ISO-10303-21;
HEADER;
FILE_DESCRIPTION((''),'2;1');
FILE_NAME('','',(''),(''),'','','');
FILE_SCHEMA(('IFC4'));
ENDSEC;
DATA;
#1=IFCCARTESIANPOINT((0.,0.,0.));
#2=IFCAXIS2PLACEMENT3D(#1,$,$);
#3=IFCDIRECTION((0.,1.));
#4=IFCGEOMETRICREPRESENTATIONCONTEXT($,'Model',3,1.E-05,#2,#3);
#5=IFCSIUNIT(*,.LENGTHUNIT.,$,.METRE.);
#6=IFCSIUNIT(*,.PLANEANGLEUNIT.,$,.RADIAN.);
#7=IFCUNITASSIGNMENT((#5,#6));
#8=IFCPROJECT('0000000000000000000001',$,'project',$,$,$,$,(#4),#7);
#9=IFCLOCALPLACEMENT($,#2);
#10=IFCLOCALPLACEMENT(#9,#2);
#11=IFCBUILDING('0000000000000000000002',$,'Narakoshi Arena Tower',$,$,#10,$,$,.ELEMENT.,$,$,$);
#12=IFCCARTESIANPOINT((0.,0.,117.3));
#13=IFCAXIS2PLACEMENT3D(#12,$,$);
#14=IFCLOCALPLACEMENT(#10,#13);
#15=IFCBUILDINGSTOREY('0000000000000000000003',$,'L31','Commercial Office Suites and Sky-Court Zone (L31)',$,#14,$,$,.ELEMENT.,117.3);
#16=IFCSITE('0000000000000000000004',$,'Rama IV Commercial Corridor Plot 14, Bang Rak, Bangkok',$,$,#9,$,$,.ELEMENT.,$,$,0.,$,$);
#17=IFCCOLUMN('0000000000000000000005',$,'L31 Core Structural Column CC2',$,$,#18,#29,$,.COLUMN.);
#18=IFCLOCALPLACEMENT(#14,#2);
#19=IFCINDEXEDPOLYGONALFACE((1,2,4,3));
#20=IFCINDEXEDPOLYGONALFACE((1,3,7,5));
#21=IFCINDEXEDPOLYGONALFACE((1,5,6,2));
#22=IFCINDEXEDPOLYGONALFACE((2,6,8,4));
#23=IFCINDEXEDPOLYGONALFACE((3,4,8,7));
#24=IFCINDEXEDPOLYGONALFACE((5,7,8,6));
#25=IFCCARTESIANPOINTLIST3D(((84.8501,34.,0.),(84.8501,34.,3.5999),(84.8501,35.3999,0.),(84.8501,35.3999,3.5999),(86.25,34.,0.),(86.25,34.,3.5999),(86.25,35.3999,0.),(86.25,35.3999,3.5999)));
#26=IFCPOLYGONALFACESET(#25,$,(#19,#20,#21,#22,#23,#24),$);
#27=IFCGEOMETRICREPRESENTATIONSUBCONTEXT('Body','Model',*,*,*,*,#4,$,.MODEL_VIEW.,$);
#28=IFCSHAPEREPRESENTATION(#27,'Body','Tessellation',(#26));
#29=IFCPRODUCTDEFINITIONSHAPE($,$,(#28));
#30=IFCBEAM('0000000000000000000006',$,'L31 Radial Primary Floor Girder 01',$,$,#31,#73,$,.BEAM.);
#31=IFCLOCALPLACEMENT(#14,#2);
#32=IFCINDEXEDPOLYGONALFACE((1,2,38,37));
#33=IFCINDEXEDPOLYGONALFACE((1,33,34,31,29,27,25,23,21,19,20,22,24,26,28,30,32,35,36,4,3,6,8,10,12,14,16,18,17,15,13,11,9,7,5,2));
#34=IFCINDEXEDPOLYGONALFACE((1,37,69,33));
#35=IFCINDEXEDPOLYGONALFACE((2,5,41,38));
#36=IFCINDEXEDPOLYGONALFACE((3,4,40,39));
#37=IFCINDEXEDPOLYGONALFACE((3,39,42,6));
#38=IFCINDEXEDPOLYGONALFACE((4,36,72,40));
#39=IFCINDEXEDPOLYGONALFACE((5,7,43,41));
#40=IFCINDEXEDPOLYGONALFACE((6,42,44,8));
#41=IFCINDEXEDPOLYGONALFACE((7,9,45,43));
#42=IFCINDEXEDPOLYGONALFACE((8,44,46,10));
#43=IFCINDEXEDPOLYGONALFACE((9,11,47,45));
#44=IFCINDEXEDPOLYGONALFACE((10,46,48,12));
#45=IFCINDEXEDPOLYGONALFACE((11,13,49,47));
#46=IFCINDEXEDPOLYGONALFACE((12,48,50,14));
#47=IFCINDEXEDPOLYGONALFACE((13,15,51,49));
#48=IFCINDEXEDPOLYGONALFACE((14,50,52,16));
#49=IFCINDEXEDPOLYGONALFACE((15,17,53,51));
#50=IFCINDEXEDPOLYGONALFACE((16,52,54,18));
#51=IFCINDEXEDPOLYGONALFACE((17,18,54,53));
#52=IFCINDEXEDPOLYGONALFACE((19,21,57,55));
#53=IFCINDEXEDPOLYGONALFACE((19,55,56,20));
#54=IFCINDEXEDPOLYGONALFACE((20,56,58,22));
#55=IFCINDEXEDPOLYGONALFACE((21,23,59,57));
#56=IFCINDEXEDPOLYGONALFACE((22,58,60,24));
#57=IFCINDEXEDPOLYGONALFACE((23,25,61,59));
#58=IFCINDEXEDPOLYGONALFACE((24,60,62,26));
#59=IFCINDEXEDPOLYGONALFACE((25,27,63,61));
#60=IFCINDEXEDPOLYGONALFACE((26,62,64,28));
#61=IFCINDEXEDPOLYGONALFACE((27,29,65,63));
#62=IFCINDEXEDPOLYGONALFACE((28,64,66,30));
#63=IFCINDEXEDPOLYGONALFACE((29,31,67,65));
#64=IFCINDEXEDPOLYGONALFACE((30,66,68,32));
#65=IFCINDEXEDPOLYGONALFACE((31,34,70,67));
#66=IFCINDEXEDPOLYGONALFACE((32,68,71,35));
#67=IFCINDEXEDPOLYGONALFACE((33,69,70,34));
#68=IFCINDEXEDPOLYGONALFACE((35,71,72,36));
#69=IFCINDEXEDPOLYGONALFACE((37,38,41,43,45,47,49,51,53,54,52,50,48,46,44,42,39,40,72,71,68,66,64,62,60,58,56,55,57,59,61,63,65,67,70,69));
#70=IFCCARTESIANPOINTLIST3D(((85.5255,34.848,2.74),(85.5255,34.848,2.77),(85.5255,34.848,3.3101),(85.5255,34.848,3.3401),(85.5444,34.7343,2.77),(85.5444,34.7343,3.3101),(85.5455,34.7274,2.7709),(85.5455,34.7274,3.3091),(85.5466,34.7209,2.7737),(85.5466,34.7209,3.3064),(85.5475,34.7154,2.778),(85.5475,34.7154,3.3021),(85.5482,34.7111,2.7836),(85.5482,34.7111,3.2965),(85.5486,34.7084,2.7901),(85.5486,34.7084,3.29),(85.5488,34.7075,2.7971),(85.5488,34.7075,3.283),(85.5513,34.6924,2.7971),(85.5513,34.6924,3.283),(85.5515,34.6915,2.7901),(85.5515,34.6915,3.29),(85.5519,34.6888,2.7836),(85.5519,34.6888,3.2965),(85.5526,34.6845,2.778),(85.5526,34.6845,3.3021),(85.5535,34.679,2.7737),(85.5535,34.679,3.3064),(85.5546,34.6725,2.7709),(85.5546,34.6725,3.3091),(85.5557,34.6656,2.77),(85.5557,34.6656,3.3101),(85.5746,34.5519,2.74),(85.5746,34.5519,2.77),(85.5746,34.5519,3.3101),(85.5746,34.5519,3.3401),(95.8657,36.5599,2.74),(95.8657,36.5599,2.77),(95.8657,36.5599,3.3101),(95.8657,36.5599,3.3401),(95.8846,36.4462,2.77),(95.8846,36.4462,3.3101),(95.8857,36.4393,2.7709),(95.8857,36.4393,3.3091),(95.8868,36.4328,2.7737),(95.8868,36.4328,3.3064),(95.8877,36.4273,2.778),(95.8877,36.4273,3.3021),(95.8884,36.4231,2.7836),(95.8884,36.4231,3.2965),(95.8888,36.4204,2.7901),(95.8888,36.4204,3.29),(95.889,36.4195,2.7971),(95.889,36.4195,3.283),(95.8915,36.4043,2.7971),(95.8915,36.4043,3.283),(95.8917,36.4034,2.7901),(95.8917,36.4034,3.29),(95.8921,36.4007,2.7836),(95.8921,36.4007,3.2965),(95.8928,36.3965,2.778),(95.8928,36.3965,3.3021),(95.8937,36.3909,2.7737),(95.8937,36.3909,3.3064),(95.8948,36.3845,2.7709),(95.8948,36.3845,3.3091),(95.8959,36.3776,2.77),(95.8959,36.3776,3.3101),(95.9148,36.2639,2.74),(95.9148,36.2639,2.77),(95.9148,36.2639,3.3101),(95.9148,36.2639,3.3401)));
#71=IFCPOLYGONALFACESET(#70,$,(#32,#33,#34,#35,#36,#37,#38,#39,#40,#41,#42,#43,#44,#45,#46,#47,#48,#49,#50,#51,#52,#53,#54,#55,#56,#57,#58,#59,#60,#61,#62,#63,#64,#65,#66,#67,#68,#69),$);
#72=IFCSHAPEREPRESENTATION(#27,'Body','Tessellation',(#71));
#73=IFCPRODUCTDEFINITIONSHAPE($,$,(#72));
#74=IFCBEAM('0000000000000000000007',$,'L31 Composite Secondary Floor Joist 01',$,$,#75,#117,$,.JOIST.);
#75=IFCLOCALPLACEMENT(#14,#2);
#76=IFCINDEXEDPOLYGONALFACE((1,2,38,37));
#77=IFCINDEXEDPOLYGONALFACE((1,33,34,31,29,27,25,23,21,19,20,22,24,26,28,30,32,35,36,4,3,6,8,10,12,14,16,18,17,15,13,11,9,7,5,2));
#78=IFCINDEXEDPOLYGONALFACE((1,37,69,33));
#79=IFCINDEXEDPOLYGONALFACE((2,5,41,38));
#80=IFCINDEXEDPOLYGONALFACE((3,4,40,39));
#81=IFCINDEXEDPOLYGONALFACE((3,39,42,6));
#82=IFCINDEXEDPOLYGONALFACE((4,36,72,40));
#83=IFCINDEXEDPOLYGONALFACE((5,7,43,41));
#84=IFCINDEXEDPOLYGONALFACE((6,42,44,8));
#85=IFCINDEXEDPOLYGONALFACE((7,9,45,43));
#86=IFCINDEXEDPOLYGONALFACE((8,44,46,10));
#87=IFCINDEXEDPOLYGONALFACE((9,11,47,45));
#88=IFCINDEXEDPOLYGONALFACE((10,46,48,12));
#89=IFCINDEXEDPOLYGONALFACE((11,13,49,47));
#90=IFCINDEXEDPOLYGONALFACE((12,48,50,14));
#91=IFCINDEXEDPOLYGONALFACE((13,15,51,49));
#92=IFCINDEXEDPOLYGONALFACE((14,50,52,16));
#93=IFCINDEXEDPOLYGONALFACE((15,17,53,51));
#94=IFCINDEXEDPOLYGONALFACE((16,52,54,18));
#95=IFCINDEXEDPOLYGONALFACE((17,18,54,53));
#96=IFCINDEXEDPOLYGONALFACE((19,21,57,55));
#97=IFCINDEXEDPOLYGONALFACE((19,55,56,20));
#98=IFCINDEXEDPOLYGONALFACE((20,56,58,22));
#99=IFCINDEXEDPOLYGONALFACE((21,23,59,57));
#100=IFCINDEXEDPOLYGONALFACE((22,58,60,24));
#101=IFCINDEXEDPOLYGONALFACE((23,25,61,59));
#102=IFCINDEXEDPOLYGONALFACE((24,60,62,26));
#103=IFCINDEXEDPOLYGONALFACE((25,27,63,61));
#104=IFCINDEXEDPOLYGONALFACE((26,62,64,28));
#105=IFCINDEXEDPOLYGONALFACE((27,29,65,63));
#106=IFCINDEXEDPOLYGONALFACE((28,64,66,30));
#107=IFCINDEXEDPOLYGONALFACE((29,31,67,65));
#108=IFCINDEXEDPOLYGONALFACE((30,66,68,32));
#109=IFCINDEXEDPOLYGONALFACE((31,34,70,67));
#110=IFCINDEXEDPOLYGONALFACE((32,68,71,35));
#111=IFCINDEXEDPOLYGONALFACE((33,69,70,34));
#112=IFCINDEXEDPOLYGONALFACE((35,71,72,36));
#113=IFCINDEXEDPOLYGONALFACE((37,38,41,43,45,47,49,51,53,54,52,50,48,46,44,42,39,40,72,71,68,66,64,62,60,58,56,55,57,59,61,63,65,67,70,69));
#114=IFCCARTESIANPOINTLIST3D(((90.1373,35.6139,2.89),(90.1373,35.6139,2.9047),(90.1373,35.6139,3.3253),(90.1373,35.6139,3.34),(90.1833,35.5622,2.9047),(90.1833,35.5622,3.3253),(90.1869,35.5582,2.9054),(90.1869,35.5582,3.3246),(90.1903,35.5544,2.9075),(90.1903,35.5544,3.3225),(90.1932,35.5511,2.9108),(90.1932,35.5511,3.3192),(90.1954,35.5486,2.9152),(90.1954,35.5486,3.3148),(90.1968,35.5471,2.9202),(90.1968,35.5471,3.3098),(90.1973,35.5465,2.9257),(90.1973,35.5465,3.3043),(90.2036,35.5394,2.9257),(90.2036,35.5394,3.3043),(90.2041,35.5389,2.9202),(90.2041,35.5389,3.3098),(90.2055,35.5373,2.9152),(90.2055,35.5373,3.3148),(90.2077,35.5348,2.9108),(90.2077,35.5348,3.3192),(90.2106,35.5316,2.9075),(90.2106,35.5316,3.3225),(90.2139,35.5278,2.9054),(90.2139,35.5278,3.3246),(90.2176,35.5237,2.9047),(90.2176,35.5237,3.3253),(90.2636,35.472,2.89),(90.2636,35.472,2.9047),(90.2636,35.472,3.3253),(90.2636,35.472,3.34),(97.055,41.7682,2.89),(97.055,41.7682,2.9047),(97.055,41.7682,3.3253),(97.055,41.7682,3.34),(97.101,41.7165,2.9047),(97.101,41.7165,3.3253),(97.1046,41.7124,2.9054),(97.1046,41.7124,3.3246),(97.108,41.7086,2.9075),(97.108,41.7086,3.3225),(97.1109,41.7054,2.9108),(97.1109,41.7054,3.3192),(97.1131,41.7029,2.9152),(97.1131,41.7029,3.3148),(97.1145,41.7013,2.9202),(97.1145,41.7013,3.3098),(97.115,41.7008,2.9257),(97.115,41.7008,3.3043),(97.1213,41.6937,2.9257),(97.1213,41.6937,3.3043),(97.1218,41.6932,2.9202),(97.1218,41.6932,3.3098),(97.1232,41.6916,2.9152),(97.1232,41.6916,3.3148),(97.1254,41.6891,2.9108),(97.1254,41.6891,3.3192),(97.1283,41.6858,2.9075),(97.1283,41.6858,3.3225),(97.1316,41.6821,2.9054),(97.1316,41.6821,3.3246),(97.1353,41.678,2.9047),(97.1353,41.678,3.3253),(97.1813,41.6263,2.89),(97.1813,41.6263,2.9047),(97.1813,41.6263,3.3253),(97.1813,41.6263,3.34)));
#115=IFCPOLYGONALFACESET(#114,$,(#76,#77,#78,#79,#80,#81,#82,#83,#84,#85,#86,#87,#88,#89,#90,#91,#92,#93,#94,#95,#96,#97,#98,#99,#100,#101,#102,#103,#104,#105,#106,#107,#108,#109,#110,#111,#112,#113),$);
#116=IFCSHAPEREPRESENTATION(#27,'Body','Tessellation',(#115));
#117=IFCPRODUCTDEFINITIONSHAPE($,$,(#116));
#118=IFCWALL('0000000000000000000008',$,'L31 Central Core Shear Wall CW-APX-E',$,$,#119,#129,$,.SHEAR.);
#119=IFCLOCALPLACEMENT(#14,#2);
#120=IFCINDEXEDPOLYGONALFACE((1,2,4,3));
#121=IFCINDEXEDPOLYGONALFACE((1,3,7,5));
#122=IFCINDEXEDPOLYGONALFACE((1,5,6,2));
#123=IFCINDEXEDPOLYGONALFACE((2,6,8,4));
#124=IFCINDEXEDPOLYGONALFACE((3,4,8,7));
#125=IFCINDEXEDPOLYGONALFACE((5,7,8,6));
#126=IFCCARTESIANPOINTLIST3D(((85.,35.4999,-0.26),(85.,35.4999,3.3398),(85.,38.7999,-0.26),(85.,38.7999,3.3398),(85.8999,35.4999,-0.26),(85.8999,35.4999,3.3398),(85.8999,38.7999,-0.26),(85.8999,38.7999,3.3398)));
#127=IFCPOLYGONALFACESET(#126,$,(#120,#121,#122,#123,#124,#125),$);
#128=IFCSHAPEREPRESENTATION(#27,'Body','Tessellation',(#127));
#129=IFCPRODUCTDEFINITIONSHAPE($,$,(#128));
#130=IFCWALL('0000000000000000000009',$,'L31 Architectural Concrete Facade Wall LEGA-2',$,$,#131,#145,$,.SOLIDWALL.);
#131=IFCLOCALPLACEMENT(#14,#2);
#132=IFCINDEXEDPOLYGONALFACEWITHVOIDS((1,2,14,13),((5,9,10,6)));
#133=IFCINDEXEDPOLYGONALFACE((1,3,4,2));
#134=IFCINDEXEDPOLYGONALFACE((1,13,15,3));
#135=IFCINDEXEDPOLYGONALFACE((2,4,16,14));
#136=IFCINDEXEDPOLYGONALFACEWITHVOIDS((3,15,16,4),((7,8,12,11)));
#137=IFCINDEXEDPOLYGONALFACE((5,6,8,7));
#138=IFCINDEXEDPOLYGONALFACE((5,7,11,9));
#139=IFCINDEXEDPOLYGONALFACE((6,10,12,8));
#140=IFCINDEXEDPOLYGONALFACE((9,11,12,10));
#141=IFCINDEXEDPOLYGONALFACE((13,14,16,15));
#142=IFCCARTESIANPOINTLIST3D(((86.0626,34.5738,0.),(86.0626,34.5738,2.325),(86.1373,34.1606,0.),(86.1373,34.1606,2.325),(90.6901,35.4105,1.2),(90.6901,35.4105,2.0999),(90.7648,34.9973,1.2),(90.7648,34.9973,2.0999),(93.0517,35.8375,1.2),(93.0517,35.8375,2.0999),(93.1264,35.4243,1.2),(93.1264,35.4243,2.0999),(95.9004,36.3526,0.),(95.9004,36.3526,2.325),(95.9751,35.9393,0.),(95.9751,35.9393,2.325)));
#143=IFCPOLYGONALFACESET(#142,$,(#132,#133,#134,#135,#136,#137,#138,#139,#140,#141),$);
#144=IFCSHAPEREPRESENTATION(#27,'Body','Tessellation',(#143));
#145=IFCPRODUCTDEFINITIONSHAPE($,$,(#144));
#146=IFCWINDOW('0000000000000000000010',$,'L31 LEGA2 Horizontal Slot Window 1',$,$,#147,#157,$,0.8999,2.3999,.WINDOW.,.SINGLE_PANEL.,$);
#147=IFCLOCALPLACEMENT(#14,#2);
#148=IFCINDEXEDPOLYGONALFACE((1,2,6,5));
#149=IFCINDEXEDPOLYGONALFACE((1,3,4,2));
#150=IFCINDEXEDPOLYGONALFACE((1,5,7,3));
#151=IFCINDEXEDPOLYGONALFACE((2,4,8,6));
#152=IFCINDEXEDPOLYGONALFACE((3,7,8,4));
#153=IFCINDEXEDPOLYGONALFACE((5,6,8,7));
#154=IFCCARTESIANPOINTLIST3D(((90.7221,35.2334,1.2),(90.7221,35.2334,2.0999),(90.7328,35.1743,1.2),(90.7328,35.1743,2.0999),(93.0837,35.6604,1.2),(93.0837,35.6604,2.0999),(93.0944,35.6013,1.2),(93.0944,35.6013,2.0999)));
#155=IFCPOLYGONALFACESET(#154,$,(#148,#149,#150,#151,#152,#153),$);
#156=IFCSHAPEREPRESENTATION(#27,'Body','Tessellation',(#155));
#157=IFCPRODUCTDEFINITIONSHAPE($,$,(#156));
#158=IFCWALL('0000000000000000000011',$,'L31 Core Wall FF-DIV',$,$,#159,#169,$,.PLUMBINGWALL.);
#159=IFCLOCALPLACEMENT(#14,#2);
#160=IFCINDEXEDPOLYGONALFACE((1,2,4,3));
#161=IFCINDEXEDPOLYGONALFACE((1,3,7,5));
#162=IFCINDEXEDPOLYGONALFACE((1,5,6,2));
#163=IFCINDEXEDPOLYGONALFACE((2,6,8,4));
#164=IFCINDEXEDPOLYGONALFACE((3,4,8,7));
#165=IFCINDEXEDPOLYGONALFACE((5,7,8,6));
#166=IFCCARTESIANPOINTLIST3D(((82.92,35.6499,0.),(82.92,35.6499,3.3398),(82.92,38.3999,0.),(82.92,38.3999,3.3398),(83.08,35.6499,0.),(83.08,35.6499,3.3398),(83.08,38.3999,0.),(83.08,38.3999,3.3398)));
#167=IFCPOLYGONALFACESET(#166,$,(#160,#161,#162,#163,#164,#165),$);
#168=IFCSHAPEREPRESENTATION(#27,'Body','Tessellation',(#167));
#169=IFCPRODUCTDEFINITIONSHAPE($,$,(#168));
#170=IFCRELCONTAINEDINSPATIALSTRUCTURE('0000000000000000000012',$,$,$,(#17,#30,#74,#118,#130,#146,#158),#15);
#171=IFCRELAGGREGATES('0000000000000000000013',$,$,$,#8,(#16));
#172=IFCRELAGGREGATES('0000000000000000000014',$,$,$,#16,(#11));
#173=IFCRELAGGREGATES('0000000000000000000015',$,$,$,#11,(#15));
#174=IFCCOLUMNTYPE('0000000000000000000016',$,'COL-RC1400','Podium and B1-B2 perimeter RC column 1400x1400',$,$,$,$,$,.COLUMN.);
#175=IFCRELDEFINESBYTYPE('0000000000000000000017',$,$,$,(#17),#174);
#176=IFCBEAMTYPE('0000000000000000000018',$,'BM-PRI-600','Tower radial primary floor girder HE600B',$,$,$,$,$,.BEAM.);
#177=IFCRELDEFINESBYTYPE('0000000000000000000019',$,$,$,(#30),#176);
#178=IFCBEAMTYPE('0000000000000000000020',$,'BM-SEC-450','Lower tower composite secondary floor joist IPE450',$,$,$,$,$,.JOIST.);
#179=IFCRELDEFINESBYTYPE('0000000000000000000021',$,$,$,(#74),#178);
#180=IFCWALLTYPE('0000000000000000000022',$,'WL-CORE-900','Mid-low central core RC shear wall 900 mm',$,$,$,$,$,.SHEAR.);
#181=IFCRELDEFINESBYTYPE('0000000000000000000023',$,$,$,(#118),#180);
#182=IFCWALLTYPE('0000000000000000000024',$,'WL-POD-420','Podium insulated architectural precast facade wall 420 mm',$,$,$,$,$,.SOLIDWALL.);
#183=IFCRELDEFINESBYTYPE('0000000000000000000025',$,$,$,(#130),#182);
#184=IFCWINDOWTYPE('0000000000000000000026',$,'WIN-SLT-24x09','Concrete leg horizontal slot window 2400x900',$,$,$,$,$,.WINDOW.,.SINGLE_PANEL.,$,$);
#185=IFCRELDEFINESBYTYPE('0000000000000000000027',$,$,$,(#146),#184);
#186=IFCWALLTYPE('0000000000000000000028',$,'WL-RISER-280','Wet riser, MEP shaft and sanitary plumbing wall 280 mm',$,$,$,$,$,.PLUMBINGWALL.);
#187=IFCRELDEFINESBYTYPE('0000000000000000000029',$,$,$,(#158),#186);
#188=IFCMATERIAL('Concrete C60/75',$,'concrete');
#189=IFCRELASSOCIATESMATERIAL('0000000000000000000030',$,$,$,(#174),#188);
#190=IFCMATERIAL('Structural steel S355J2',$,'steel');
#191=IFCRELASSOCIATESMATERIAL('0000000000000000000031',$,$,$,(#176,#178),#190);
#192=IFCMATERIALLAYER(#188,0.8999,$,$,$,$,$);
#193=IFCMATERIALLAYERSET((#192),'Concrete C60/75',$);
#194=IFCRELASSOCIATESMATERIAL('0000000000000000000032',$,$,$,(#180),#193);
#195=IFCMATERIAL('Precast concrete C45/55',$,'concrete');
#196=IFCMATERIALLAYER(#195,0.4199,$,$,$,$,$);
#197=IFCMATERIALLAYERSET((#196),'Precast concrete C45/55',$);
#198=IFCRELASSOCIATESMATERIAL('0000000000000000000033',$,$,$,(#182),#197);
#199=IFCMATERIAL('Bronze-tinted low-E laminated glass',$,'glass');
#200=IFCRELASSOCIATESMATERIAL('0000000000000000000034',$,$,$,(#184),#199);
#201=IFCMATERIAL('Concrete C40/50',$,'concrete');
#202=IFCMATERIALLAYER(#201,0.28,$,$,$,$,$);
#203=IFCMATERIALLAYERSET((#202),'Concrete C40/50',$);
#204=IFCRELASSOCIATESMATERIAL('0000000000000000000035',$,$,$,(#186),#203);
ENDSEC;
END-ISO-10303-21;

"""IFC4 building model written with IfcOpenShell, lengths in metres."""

from ifc_helpers import new_model, si_unit, direction, frame, frame_2d, origin, origin_2d, place, context, subcontext, project, spatial, rectangle, i_section, extrude, material, layer, layer_set, material_profile, profile_set, type_object, element, fill, save


model = new_model("IFC4")

# Units and contexts
model_context = context("Model", 3, precision=1e-05, world=origin(), true_north=direction((0.0, 1.0)))
body_context = subcontext(model_context, "Body", "Model", "MODEL_VIEW")
ifc_project = project(units=[si_unit("LENGTHUNIT", "METRE"), si_unit("PLANEANGLEUNIT", "RADIAN")], contexts=[model_context])

# Site, building, storey
site_placement = place(None, origin())
site = spatial("IfcSite", under=ifc_project, at=site_placement, Name="Rama IV Commercial Corridor Plot 14, Bang Rak, Bangkok", CompositionType="ELEMENT", RefElevation=0.0)
building_placement = place(site_placement, origin())
building = spatial("IfcBuilding", under=site, at=building_placement, Name="Narakoshi Arena Tower", CompositionType="ELEMENT")
storey_placement = place(building_placement, frame((0.0, 0.0, 117.3)))
storey = spatial("IfcBuildingStorey", under=building, at=storey_placement, Name="L31", Description="Commercial Office Suites and Sky-Court Zone (L31)", CompositionType="ELEMENT", Elevation=117.3)

# Column
ifc_material_1 = material(Name="Concrete C60/75", Category="concrete")
ifc_material_profile_1 = material_profile(ifc_material_1, rectangle(XDim=1.3999, YDim=1.3999, at=origin_2d()), Name="RC1400x1400")
ifc_profile_set_1 = profile_set([ifc_material_profile_1], Name="Concrete C60/75")
column_type = type_object("IfcColumnType", Name="COL-RC1400", Description="Podium and B1-B2 perimeter RC column 1400x1400", PredefinedType="COLUMN", material=ifc_profile_set_1)
column_placement = place(storey_placement, frame((85.55, 34.7, 0.0), z_axis=(0.0, 0.0, 1.0), x_axis=(1.0, 0.0, 0.0)))
element("IfcColumn", 1, at=column_placement, inside=storey, type_object=column_type, Name="L31 Core Structural Column CC2", PredefinedType="COLUMN", context=body_context, shape_type="SweptSolid", body=[
    extrude(rectangle(XDim=1.3999, YDim=1.3999, at=origin_2d()), origin(), (0.0, 0.0, 1.0), 3.5999),
])

# Beams
ifc_material_2 = material(Name="Structural steel S355J2", Category="steel")
ifc_material_profile_2 = material_profile(ifc_material_2, i_section(OverallWidth=0.3, OverallDepth=0.6001, WebThickness=0.0154, FlangeThickness=0.03, FilletRadius=0.0271, at=origin_2d()), Name="HE600B")
ifc_profile_set_2 = profile_set([ifc_material_profile_2], Name="Structural steel S355J2")
beam_type_1 = type_object("IfcBeamType", Name="BM-PRI-600", Description="Tower radial primary floor girder HE600B", PredefinedType="BEAM", material=ifc_profile_set_2)
beam_1_placement = place(storey_placement, frame((85.55, 34.7, 3.04), z_axis=(0.98657, 0.163337, 0.0), x_axis=(-0.163337, 0.98657, 0.0)))
element("IfcBeam", 2, at=beam_1_placement, inside=storey, type_object=beam_type_1, Name="L31 Radial Primary Floor Girder 01", PredefinedType="BEAM", context=body_context, shape_type="SweptSolid", body=[
    extrude(i_section(OverallWidth=0.3, OverallDepth=0.6001, WebThickness=0.0154, FlangeThickness=0.03, FilletRadius=0.0271, at=origin_2d()), origin(), (0.0, 0.0, 1.0), 10.481),
])
ifc_material_profile_3 = material_profile(ifc_material_2, i_section(OverallWidth=0.1899, OverallDepth=0.45, WebThickness=0.0095, FlangeThickness=0.0146, FilletRadius=0.021, at=origin_2d()), Name="IPE450")
ifc_profile_set_3 = profile_set([ifc_material_profile_3], Name="Structural steel S355J2")
beam_type_2 = type_object("IfcBeamType", Name="BM-SEC-450", Description="Lower tower composite secondary floor joist IPE450", PredefinedType="JOIST", material=ifc_profile_set_3)
beam_2_placement = place(storey_placement, frame((90.2004, 35.543, 3.115), z_axis=(0.74713, 0.664678, 0.0), x_axis=(-0.664678, 0.74713, 0.0)))
element("IfcBeam", 3, at=beam_2_placement, inside=storey, type_object=beam_type_2, Name="L31 Composite Secondary Floor Joist 01", PredefinedType="JOIST", context=body_context, shape_type="SweptSolid", body=[
    extrude(i_section(OverallWidth=0.1899, OverallDepth=0.45, WebThickness=0.0095, FlangeThickness=0.0146, FilletRadius=0.021, at=origin_2d()), origin(), (0.0, 0.0, 1.0), 9.259),
])

# Wall
ifc_layer_1 = layer(ifc_material_1, 0.8999)
ifc_layer_set_1 = layer_set([ifc_layer_1], Name="Concrete C60/75")
wall_type_1 = type_object("IfcWallType", Name="WL-CORE-900", Description="Mid-low central core RC shear wall 900 mm", PredefinedType="SHEAR", material=ifc_layer_set_1)
wall_1_placement = place(storey_placement, frame((85.45, 35.5, -0.26), z_axis=(0.0, 0.0, 1.0), x_axis=(0.0, 1.0, 0.0)))
element("IfcWall", 4, at=wall_1_placement, inside=storey, type_object=wall_type_1, Name="L31 Central Core Shear Wall CW-APX-E", PredefinedType="SHEAR", context=body_context, shape_type="SweptSolid", body=[
    extrude(rectangle(XDim=3.3, YDim=0.8999, at=frame_2d((1.6499, 0.0))), origin(), (0.0, 0.0, 1.0), 3.5999),
])

# Wall, opening, window
ifc_material_3 = material(Name="Precast concrete C45/55", Category="concrete")
ifc_layer_2 = layer(ifc_material_3, 0.4199)
ifc_layer_set_2 = layer_set([ifc_layer_2], Name="Precast concrete C45/55")
wall_type_2 = type_object("IfcWallType", Name="WL-POD-420", Description="Podium insulated architectural precast facade wall 420 mm", PredefinedType="SOLIDWALL", material=ifc_layer_set_2)
wall_2_placement = place(storey_placement, frame((86.1001, 34.3672, 0.0), z_axis=(0.0, 0.0, 1.0), x_axis=(0.984044, 0.177927, 0.0)))
wall_2 = element("IfcWall", 5, at=wall_2_placement, inside=storey, type_object=wall_type_2, Name="L31 Architectural Concrete Facade Wall LEGA-2", PredefinedType="SOLIDWALL", context=body_context, shape_type="SweptSolid", body=[
    extrude(rectangle(XDim=9.9973, YDim=0.4199, at=frame_2d((4.9985, 0.0))), origin(), (0.0, 0.0, 1.0), 2.325),
])
opening_1_placement = place(wall_2_placement, frame((4.7024, 0.0, 1.2)))
opening_1 = element("IfcOpeningElement", 6, at=opening_1_placement, cuts=wall_2, PredefinedType="OPENING", context=body_context, shape_type="SweptSolid", body=[
    extrude(rectangle(XDim=2.3999, YDim=0.8999, at=frame_2d((1.2, 0.45))), frame((0.0, 0.22, 0.0), z_axis=(0.0, -1.0, 0.0), x_axis=(1.0, 0.0, 0.0)), (0.0, 0.0, 1.0), 0.4399),
])
ifc_material_4 = material(Name="Bronze-tinted low-E laminated glass", Category="glass")
window_type = type_object("IfcWindowType", Name="WIN-SLT-24x09", Description="Concrete leg horizontal slot window 2400x900", PartitioningType="SINGLE_PANEL", PredefinedType="WINDOW", material=ifc_material_4)
window_placement = place(opening_1_placement, origin())
window = element("IfcWindow", 7, at=window_placement, inside=storey, type_object=window_type, Name="L31 LEGA2 Horizontal Slot Window 1", OverallHeight=0.8999, OverallWidth=2.3999, PartitioningType="SINGLE_PANEL", PredefinedType="WINDOW", context=body_context, shape_type="SweptSolid", body=[
    extrude(rectangle(XDim=2.3999, YDim=0.8999, at=frame_2d((1.2, 0.45))), frame((0.0, 0.03, 0.0), z_axis=(0.0, -1.0, 0.0), x_axis=(1.0, 0.0, 0.0)), (0.0, 0.0, 1.0), 0.0601),
])
fill(opening_1, window)

# Wall
ifc_material_5 = material(Name="Concrete C40/50", Category="concrete")
ifc_layer_3 = layer(ifc_material_5, 0.28)
ifc_layer_set_3 = layer_set([ifc_layer_3], Name="Concrete C40/50")
wall_type_3 = type_object("IfcWallType", Name="WL-RISER-280", Description="Wet riser, MEP shaft and sanitary plumbing wall 280 mm", PredefinedType="PLUMBINGWALL", material=ifc_layer_set_3)
wall_3_placement = place(storey_placement, frame((83.0, 35.6499, 0.0), z_axis=(0.0, 0.0, 1.0), x_axis=(0.0, 1.0, 0.0)))
element("IfcWall", 8, at=wall_3_placement, inside=storey, type_object=wall_type_3, Name="L31 Core Wall FF-DIV", PredefinedType="PLUMBINGWALL", context=body_context, shape_type="SweptSolid", body=[
    extrude(rectangle(XDim=2.75, YDim=0.1599, at=frame_2d((1.375, 0.0))), origin(), (0.0, 0.0, 1.0), 3.3398),
])

save(model, "model.ifc")
